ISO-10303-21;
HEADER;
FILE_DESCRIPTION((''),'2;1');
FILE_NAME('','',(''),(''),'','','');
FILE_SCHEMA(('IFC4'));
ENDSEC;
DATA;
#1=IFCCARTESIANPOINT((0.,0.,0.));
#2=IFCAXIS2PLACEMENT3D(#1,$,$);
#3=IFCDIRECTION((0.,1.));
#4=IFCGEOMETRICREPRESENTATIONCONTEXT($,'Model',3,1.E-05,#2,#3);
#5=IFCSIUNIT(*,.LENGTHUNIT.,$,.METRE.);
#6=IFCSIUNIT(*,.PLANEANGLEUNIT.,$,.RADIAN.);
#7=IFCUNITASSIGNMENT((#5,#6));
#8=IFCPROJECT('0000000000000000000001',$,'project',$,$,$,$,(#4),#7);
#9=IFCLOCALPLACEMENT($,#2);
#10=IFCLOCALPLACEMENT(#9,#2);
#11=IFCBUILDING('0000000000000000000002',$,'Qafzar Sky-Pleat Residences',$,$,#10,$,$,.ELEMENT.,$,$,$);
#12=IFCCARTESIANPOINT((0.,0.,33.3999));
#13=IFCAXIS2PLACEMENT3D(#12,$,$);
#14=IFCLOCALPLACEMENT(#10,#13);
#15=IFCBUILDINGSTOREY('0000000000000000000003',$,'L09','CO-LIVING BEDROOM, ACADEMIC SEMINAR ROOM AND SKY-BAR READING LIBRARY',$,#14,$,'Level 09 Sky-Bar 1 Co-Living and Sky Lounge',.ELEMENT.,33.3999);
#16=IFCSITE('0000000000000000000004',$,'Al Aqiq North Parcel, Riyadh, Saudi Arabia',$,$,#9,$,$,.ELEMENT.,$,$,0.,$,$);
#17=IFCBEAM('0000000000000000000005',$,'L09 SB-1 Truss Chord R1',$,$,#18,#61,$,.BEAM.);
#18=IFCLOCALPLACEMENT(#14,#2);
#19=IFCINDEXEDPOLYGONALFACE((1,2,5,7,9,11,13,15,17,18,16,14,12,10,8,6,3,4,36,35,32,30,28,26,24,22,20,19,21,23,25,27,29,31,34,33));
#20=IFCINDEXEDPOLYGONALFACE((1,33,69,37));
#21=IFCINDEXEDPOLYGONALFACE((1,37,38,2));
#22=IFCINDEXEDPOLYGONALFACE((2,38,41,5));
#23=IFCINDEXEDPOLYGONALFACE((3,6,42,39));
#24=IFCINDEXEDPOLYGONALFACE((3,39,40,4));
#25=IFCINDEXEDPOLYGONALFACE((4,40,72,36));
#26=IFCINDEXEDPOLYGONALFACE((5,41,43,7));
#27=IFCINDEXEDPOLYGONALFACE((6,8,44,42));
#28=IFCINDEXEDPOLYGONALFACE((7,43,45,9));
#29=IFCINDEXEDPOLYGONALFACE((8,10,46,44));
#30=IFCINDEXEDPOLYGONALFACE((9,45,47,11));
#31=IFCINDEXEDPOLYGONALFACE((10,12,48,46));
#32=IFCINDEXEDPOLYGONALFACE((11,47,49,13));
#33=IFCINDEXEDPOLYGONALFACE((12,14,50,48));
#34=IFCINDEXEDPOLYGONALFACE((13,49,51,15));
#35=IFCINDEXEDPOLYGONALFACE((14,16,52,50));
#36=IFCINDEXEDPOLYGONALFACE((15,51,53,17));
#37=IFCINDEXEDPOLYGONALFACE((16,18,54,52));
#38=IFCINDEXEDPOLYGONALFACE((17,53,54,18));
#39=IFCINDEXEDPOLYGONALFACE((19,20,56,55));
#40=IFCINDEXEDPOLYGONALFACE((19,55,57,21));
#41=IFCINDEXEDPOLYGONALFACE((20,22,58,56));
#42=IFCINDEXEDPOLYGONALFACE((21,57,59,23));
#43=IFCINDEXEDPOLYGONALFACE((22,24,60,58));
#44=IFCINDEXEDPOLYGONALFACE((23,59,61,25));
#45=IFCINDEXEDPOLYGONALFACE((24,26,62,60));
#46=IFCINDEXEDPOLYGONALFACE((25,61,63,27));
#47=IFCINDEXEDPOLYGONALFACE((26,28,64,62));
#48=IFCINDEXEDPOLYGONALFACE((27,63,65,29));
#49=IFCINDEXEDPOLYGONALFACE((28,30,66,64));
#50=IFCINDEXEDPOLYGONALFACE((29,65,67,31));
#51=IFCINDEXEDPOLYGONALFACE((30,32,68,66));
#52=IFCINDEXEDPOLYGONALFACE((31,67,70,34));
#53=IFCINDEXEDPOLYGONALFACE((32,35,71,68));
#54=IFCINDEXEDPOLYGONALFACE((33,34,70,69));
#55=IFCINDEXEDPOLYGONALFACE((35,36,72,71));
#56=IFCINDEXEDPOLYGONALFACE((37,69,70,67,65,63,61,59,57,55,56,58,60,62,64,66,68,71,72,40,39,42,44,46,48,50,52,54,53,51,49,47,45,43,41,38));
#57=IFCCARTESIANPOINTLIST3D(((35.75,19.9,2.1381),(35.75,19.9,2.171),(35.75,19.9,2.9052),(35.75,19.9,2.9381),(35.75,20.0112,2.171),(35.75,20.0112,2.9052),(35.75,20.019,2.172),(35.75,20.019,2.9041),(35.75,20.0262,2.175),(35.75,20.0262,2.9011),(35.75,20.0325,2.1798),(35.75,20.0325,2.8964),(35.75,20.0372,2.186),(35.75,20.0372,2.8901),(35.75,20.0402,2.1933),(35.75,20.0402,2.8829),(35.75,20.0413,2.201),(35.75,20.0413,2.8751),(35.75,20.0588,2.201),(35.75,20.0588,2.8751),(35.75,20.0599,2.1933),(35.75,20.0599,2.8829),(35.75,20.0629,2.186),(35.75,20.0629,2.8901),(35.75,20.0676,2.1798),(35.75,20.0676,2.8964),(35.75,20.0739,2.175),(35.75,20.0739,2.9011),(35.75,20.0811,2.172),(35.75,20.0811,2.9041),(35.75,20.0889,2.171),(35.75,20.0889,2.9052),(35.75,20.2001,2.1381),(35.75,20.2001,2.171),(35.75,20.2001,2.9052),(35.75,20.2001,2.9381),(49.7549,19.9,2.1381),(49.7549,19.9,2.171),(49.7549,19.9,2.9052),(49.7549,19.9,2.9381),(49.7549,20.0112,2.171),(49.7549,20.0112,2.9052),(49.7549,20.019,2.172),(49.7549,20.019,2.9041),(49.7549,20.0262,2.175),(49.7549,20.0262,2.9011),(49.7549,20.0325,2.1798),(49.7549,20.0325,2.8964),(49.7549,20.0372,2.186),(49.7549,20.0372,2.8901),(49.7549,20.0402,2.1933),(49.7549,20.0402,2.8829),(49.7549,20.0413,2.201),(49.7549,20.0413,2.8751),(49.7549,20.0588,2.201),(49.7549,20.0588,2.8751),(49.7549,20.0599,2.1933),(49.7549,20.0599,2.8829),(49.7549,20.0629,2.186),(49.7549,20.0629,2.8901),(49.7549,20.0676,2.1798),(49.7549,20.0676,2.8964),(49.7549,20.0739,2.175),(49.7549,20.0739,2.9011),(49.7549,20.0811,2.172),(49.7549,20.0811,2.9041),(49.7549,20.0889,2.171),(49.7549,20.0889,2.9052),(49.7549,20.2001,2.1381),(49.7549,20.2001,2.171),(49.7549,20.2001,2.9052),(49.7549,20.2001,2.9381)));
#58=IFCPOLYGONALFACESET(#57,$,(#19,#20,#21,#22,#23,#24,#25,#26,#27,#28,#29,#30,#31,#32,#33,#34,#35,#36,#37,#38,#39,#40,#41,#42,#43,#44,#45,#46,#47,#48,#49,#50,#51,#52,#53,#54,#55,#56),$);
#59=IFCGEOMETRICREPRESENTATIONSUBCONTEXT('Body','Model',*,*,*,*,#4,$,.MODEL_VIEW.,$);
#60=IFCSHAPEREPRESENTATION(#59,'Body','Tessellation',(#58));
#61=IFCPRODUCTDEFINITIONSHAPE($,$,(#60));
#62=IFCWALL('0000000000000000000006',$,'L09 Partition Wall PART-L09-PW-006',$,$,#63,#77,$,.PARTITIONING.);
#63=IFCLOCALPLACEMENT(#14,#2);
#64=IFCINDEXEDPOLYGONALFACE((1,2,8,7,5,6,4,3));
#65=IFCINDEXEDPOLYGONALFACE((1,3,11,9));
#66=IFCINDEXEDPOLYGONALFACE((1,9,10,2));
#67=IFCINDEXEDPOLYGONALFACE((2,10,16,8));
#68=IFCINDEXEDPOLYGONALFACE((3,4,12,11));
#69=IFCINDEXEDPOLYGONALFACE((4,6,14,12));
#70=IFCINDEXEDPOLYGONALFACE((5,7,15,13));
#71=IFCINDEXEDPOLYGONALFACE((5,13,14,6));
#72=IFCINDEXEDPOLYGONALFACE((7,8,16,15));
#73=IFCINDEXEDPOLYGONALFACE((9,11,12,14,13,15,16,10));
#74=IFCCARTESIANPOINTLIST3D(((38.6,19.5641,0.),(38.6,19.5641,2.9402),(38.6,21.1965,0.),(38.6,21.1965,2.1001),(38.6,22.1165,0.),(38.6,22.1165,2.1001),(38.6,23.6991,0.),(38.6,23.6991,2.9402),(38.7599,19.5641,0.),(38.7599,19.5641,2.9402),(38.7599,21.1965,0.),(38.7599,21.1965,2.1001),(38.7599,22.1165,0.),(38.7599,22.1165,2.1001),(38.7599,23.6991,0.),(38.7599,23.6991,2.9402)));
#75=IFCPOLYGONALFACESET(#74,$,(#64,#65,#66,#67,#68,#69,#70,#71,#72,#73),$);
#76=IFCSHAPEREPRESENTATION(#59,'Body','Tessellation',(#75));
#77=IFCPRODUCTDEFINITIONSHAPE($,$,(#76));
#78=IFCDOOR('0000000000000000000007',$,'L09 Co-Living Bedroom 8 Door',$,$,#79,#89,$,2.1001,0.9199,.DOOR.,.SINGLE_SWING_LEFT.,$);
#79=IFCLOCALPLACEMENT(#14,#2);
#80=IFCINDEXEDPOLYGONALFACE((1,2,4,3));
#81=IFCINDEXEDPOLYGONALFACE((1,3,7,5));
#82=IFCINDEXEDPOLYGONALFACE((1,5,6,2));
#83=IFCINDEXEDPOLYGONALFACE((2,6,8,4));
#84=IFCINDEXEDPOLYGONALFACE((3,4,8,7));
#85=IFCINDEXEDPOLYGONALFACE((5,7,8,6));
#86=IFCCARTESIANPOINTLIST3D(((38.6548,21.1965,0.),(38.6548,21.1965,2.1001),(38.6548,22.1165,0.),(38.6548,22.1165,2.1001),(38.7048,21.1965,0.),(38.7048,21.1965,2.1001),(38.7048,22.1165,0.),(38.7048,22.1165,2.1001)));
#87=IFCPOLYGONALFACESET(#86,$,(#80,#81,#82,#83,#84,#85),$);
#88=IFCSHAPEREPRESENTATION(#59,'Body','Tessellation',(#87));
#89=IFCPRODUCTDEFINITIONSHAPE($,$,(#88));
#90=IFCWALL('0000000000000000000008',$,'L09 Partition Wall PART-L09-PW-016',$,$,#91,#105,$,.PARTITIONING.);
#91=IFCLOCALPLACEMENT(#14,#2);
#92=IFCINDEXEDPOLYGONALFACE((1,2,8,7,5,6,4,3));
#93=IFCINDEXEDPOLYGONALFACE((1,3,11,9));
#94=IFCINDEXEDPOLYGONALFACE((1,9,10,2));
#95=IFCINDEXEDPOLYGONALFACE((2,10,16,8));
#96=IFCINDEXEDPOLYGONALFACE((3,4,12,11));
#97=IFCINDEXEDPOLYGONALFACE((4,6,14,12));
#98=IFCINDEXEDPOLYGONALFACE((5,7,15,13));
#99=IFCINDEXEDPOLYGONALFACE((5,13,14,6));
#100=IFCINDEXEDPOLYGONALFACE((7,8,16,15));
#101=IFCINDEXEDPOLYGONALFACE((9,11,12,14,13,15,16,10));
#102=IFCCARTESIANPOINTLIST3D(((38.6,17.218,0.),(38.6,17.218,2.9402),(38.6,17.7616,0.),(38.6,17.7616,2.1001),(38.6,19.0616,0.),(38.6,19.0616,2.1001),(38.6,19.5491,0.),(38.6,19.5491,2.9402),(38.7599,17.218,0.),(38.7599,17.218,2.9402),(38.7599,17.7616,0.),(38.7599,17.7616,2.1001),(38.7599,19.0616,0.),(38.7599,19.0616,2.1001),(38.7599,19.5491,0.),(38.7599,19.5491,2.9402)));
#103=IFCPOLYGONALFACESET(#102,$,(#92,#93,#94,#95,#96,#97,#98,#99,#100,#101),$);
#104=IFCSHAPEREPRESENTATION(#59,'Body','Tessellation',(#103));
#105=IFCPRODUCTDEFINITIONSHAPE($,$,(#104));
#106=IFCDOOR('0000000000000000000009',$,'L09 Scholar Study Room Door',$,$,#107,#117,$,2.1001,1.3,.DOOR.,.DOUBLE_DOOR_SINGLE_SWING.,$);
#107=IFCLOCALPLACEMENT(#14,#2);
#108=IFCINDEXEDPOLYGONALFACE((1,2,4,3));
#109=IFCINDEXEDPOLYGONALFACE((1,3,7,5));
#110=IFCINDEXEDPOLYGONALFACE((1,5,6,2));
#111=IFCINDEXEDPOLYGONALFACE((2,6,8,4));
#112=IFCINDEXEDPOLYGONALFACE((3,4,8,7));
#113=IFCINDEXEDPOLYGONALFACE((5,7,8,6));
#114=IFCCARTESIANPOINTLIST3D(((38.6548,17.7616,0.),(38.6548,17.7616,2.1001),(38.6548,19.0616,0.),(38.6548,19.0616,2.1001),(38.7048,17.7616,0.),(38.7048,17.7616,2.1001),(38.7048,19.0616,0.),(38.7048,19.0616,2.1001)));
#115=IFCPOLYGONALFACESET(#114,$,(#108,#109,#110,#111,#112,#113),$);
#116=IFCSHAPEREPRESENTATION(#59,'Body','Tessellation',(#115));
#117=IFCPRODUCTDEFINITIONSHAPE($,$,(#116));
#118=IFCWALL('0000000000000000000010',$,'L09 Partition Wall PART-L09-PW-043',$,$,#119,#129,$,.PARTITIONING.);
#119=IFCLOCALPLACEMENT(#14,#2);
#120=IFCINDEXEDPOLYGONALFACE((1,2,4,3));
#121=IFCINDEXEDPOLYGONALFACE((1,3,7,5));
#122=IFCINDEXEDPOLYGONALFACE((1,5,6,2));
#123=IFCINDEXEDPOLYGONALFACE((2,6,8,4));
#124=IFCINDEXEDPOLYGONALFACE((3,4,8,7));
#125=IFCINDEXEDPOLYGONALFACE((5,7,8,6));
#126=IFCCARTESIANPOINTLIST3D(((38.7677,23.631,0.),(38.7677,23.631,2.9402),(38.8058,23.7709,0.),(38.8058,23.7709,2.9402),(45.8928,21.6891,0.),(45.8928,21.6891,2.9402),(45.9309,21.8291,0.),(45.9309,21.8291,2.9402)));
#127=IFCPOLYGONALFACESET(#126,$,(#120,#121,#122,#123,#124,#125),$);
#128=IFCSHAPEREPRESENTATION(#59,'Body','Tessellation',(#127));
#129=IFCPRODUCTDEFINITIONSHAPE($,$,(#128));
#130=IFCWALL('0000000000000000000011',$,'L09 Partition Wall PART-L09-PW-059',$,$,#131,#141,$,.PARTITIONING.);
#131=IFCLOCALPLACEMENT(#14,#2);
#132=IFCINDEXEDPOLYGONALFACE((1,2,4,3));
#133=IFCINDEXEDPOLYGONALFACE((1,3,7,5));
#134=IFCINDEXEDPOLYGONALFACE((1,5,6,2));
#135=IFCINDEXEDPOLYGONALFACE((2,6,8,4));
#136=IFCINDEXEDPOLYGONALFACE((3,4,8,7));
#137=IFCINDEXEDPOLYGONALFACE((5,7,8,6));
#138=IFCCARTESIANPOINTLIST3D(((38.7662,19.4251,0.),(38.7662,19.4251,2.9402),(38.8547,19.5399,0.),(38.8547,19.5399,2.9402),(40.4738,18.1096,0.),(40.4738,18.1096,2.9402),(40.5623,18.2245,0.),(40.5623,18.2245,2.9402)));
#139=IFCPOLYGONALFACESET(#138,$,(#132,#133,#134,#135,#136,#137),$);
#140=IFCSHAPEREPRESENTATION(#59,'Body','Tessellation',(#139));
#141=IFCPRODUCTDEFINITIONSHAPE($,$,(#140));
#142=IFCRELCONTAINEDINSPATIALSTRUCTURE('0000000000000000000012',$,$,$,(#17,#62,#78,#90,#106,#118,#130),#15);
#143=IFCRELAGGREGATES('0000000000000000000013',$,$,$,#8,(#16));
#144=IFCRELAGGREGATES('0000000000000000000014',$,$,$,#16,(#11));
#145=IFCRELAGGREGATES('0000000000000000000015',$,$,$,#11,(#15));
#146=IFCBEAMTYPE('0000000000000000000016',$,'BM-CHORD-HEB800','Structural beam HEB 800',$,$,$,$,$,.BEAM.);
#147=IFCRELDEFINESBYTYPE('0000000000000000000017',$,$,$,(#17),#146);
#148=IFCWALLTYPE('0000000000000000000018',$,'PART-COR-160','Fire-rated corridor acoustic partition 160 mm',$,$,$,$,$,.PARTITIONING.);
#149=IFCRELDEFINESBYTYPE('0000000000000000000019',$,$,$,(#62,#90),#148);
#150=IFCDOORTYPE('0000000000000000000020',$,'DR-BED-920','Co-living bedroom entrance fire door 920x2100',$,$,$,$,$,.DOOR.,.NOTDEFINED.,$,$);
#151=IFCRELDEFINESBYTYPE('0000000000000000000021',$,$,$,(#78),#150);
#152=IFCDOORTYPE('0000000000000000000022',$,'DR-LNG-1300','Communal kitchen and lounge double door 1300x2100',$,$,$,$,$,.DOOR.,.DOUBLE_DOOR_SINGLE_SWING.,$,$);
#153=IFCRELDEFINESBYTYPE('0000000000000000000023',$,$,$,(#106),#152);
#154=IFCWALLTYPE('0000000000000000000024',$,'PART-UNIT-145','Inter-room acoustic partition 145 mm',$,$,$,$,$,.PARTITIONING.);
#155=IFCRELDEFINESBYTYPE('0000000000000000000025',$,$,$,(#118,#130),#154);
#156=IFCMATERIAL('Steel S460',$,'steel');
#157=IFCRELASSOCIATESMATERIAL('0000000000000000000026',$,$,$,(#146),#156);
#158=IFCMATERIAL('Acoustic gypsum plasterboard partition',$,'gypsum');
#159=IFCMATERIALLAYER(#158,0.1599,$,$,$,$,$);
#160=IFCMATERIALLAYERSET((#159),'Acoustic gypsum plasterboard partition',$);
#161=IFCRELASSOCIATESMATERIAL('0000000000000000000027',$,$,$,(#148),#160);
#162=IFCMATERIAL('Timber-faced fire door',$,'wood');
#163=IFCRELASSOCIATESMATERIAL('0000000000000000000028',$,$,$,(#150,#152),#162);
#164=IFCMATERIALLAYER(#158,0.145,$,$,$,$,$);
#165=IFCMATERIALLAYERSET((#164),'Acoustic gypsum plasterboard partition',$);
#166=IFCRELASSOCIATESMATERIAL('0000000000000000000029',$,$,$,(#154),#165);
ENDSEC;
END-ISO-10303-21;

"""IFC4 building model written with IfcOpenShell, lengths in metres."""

from ifc_helpers import new_model, si_unit, direction, frame, frame_2d, origin, origin_2d, place, context, subcontext, project, spatial, rectangle, i_section, extrude, source, transform, mapped, material, layer, layer_set, material_profile, profile_set, type_object, element, fill, save


model = new_model("IFC4")

# Units and contexts
model_context = context("Model", 3, precision=1e-05, world=origin(), true_north=direction((0.0, 1.0)))
body_context = subcontext(model_context, "Body", "Model", "MODEL_VIEW")
ifc_project = project(units=[si_unit("LENGTHUNIT", "METRE"), si_unit("PLANEANGLEUNIT", "RADIAN")], contexts=[model_context])

# Site, building, storey
site_placement = place(None, origin())
site = spatial("IfcSite", under=ifc_project, at=site_placement, Name="Al Aqiq North Parcel, Riyadh, Saudi Arabia", CompositionType="ELEMENT", RefElevation=0.0)
building_placement = place(site_placement, origin())
building = spatial("IfcBuilding", under=site, at=building_placement, Name="Qafzar Sky-Pleat Residences", CompositionType="ELEMENT")
storey_placement = place(building_placement, frame((0.0, 0.0, 33.3999)))
storey = spatial("IfcBuildingStorey", under=building, at=storey_placement, Name="L09", Description="CO-LIVING BEDROOM, ACADEMIC SEMINAR ROOM AND SKY-BAR READING LIBRARY", LongName="Level 09 Sky-Bar 1 Co-Living and Sky Lounge", CompositionType="ELEMENT", Elevation=33.3999)

# Beam
ifc_material_1 = material(Name="Steel S460", Category="steel")
ifc_material_profile = material_profile(ifc_material_1, i_section(OverallWidth=0.3, OverallDepth=0.8, WebThickness=0.0176, FlangeThickness=0.033, FilletRadius=0.03, at=origin_2d()), Name="HEB 800")
ifc_profile_set = profile_set([ifc_material_profile], Name="Steel S460")
beam_type = type_object("IfcBeamType", Name="BM-CHORD-HEB800", Description="Structural beam HEB 800", PredefinedType="BEAM", material=ifc_profile_set)
shared_shape_1 = source(origin(), body_context, "Body", "SweptSolid", [
    extrude(i_section(OverallWidth=0.3, OverallDepth=0.8, WebThickness=0.0176, FlangeThickness=0.033, FilletRadius=0.03, at=origin_2d()), origin(), (0.0, 0.0, 1.0), 14.0049),
])
beam_placement = place(storey_placement, frame((35.75, 20.05, 2.5381), z_axis=(1.0, 0.0, 0.0), x_axis=(0.0, 1.0, 0.0)))
element("IfcBeam", 1, at=beam_placement, inside=storey, type_object=beam_type, Name="L09 SB-1 Truss Chord R1", PredefinedType="BEAM", context=body_context, shape_type="MappedRepresentation", body=[
    mapped(shared_shape_1, transform((0.0, 0.0, 0.0), x_axis=(1.0, 0.0, 0.0), y_axis=(0.0, 1.0, 0.0), z_axis=(0.0, 0.0, 1.0), scale=1.0)),
])

# Walls, openings, doors
ifc_material_2 = material(Name="Acoustic gypsum plasterboard partition", Category="gypsum")
ifc_layer_1 = layer(ifc_material_2, 0.1599)
ifc_layer_set_1 = layer_set([ifc_layer_1], Name="Acoustic gypsum plasterboard partition")
wall_type_1 = type_object("IfcWallType", Name="PART-COR-160", Description="Fire-rated corridor acoustic partition 160 mm", PredefinedType="PARTITIONING", material=ifc_layer_set_1)
wall_1_placement = place(storey_placement, frame((38.6799, 23.699, 0.0), z_axis=(0.0, 0.0, 1.0), x_axis=(0.0, -1.0, 0.0)))
wall_1 = element("IfcWall", 2, at=wall_1_placement, inside=storey, type_object=wall_type_1, Name="L09 Partition Wall PART-L09-PW-006", PredefinedType="PARTITIONING", context=body_context, shape_type="SweptSolid", body=[
    extrude(rectangle(XDim=4.135, YDim=0.1599, at=frame_2d((2.0674, 0.0))), origin(), (0.0, 0.0, 1.0), 2.9402),
])
opening_1_placement = place(wall_1_placement, frame((1.5825, 0.0, 0.0)))
opening_1 = element("IfcOpeningElement", 3, at=opening_1_placement, cuts=wall_1, PredefinedType="OPENING", context=body_context, shape_type="SweptSolid", body=[
    extrude(rectangle(XDim=0.9199, YDim=2.1001, at=frame_2d((0.46, 1.05))), frame((0.0, 0.0898, 0.0), z_axis=(0.0, -1.0, 0.0), x_axis=(1.0, 0.0, 0.0)), (0.0, 0.0, 1.0), 0.1799),
])
ifc_material_3 = material(Name="Timber-faced fire door", Category="wood")
door_type_1 = type_object("IfcDoorType", Name="DR-BED-920", Description="Co-living bedroom entrance fire door 920x2100", OperationType="NOTDEFINED", PredefinedType="DOOR", material=ifc_material_3)
shared_shape_2 = source(origin(), body_context, "Body", "SweptSolid", [
    extrude(rectangle(XDim=0.9199, YDim=2.1001, at=frame_2d((0.46, 1.05))), frame((0.0, 0.0249, 0.0), z_axis=(0.0, -1.0, 0.0), x_axis=(1.0, 0.0, 0.0)), (0.0, 0.0, 1.0), 0.05),
])
door_1_placement = place(opening_1_placement, origin())
door_1 = element("IfcDoor", 4, at=door_1_placement, inside=storey, type_object=door_type_1, Name="L09 Co-Living Bedroom 8 Door", OperationType="SINGLE_SWING_LEFT", OverallHeight=2.1001, OverallWidth=0.9199, PredefinedType="DOOR", context=body_context, shape_type="MappedRepresentation", body=[
    mapped(shared_shape_2, transform((0.0, 0.0, 0.0), x_axis=(1.0, 0.0, 0.0), y_axis=(0.0, 1.0, 0.0), z_axis=(0.0, 0.0, 1.0), scale=1.0)),
])
fill(opening_1, door_1)
wall_2_placement = place(storey_placement, frame((38.6799, 19.5491, 0.0), z_axis=(0.0, 0.0, 1.0), x_axis=(0.0, -1.0, 0.0)))
wall_2 = element("IfcWall", 5, at=wall_2_placement, inside=storey, type_object=wall_type_1, Name="L09 Partition Wall PART-L09-PW-016", PredefinedType="PARTITIONING", context=body_context, shape_type="SweptSolid", body=[
    extrude(rectangle(XDim=2.3311, YDim=0.1599, at=frame_2d((1.1655, 0.0))), origin(), (0.0, 0.0, 1.0), 2.9402),
])
opening_2_placement = place(wall_2_placement, frame((0.4875, 0.0, 0.0)))
opening_2 = element("IfcOpeningElement", 6, at=opening_2_placement, cuts=wall_2, PredefinedType="OPENING", context=body_context, shape_type="SweptSolid", body=[
    extrude(rectangle(XDim=1.3, YDim=2.1001, at=frame_2d((0.6499, 1.05))), frame((0.0, 0.0898, 0.0), z_axis=(0.0, -1.0, 0.0), x_axis=(1.0, 0.0, 0.0)), (0.0, 0.0, 1.0), 0.1799),
])
door_type_2 = type_object("IfcDoorType", Name="DR-LNG-1300", Description="Communal kitchen and lounge double door 1300x2100", OperationType="DOUBLE_DOOR_SINGLE_SWING", PredefinedType="DOOR", material=ifc_material_3)
shared_shape_3 = source(origin(), body_context, "Body", "SweptSolid", [
    extrude(rectangle(XDim=1.3, YDim=2.1001, at=frame_2d((0.6499, 1.05))), frame((0.0, 0.0249, 0.0), z_axis=(0.0, -1.0, 0.0), x_axis=(1.0, 0.0, 0.0)), (0.0, 0.0, 1.0), 0.05),
])
door_2_placement = place(opening_2_placement, origin())
door_2 = element("IfcDoor", 7, at=door_2_placement, inside=storey, type_object=door_type_2, Name="L09 Scholar Study Room Door", OperationType="DOUBLE_DOOR_SINGLE_SWING", OverallHeight=2.1001, OverallWidth=1.3, PredefinedType="DOOR", context=body_context, shape_type="MappedRepresentation", body=[
    mapped(shared_shape_3, transform((0.0, 0.0, 0.0), x_axis=(1.0, 0.0, 0.0), y_axis=(0.0, 1.0, 0.0), z_axis=(0.0, 0.0, 1.0), scale=1.0)),
])
fill(opening_2, door_2)

# Walls
ifc_layer_2 = layer(ifc_material_2, 0.145)
ifc_layer_set_2 = layer_set([ifc_layer_2], Name="Acoustic gypsum plasterboard partition")
wall_type_2 = type_object("IfcWallType", Name="PART-UNIT-145", Description="Inter-room acoustic partition 145 mm", PredefinedType="PARTITIONING", material=ifc_layer_set_2)
wall_3_placement = place(storey_placement, frame((38.7869, 23.7009, 0.0), z_axis=(0.0, 0.0, 1.0), x_axis=(0.96481, -0.262947, 0.0)))
element("IfcWall", 8, at=wall_3_placement, inside=storey, type_object=wall_type_2, Name="L09 Partition Wall PART-L09-PW-043", PredefinedType="PARTITIONING", context=body_context, shape_type="SweptSolid", body=[
    extrude(rectangle(XDim=7.385, YDim=0.145, at=frame_2d((3.6924, 0.0))), origin(), (0.0, 0.0, 1.0), 2.9402),
])
wall_4_placement = place(storey_placement, frame((38.8105, 19.4824, 0.0), z_axis=(0.0, 0.0, 1.0), x_axis=(0.792186, -0.61028, 0.0)))
element("IfcWall", 9, at=wall_4_placement, inside=storey, type_object=wall_type_2, Name="L09 Partition Wall PART-L09-PW-059", PredefinedType="PARTITIONING", context=body_context, shape_type="SweptSolid", body=[
    extrude(rectangle(XDim=2.1555, YDim=0.145, at=frame_2d((1.0776, 0.0))), origin(), (0.0, 0.0, 1.0), 2.9402),
])

save(model, "model.ifc")
